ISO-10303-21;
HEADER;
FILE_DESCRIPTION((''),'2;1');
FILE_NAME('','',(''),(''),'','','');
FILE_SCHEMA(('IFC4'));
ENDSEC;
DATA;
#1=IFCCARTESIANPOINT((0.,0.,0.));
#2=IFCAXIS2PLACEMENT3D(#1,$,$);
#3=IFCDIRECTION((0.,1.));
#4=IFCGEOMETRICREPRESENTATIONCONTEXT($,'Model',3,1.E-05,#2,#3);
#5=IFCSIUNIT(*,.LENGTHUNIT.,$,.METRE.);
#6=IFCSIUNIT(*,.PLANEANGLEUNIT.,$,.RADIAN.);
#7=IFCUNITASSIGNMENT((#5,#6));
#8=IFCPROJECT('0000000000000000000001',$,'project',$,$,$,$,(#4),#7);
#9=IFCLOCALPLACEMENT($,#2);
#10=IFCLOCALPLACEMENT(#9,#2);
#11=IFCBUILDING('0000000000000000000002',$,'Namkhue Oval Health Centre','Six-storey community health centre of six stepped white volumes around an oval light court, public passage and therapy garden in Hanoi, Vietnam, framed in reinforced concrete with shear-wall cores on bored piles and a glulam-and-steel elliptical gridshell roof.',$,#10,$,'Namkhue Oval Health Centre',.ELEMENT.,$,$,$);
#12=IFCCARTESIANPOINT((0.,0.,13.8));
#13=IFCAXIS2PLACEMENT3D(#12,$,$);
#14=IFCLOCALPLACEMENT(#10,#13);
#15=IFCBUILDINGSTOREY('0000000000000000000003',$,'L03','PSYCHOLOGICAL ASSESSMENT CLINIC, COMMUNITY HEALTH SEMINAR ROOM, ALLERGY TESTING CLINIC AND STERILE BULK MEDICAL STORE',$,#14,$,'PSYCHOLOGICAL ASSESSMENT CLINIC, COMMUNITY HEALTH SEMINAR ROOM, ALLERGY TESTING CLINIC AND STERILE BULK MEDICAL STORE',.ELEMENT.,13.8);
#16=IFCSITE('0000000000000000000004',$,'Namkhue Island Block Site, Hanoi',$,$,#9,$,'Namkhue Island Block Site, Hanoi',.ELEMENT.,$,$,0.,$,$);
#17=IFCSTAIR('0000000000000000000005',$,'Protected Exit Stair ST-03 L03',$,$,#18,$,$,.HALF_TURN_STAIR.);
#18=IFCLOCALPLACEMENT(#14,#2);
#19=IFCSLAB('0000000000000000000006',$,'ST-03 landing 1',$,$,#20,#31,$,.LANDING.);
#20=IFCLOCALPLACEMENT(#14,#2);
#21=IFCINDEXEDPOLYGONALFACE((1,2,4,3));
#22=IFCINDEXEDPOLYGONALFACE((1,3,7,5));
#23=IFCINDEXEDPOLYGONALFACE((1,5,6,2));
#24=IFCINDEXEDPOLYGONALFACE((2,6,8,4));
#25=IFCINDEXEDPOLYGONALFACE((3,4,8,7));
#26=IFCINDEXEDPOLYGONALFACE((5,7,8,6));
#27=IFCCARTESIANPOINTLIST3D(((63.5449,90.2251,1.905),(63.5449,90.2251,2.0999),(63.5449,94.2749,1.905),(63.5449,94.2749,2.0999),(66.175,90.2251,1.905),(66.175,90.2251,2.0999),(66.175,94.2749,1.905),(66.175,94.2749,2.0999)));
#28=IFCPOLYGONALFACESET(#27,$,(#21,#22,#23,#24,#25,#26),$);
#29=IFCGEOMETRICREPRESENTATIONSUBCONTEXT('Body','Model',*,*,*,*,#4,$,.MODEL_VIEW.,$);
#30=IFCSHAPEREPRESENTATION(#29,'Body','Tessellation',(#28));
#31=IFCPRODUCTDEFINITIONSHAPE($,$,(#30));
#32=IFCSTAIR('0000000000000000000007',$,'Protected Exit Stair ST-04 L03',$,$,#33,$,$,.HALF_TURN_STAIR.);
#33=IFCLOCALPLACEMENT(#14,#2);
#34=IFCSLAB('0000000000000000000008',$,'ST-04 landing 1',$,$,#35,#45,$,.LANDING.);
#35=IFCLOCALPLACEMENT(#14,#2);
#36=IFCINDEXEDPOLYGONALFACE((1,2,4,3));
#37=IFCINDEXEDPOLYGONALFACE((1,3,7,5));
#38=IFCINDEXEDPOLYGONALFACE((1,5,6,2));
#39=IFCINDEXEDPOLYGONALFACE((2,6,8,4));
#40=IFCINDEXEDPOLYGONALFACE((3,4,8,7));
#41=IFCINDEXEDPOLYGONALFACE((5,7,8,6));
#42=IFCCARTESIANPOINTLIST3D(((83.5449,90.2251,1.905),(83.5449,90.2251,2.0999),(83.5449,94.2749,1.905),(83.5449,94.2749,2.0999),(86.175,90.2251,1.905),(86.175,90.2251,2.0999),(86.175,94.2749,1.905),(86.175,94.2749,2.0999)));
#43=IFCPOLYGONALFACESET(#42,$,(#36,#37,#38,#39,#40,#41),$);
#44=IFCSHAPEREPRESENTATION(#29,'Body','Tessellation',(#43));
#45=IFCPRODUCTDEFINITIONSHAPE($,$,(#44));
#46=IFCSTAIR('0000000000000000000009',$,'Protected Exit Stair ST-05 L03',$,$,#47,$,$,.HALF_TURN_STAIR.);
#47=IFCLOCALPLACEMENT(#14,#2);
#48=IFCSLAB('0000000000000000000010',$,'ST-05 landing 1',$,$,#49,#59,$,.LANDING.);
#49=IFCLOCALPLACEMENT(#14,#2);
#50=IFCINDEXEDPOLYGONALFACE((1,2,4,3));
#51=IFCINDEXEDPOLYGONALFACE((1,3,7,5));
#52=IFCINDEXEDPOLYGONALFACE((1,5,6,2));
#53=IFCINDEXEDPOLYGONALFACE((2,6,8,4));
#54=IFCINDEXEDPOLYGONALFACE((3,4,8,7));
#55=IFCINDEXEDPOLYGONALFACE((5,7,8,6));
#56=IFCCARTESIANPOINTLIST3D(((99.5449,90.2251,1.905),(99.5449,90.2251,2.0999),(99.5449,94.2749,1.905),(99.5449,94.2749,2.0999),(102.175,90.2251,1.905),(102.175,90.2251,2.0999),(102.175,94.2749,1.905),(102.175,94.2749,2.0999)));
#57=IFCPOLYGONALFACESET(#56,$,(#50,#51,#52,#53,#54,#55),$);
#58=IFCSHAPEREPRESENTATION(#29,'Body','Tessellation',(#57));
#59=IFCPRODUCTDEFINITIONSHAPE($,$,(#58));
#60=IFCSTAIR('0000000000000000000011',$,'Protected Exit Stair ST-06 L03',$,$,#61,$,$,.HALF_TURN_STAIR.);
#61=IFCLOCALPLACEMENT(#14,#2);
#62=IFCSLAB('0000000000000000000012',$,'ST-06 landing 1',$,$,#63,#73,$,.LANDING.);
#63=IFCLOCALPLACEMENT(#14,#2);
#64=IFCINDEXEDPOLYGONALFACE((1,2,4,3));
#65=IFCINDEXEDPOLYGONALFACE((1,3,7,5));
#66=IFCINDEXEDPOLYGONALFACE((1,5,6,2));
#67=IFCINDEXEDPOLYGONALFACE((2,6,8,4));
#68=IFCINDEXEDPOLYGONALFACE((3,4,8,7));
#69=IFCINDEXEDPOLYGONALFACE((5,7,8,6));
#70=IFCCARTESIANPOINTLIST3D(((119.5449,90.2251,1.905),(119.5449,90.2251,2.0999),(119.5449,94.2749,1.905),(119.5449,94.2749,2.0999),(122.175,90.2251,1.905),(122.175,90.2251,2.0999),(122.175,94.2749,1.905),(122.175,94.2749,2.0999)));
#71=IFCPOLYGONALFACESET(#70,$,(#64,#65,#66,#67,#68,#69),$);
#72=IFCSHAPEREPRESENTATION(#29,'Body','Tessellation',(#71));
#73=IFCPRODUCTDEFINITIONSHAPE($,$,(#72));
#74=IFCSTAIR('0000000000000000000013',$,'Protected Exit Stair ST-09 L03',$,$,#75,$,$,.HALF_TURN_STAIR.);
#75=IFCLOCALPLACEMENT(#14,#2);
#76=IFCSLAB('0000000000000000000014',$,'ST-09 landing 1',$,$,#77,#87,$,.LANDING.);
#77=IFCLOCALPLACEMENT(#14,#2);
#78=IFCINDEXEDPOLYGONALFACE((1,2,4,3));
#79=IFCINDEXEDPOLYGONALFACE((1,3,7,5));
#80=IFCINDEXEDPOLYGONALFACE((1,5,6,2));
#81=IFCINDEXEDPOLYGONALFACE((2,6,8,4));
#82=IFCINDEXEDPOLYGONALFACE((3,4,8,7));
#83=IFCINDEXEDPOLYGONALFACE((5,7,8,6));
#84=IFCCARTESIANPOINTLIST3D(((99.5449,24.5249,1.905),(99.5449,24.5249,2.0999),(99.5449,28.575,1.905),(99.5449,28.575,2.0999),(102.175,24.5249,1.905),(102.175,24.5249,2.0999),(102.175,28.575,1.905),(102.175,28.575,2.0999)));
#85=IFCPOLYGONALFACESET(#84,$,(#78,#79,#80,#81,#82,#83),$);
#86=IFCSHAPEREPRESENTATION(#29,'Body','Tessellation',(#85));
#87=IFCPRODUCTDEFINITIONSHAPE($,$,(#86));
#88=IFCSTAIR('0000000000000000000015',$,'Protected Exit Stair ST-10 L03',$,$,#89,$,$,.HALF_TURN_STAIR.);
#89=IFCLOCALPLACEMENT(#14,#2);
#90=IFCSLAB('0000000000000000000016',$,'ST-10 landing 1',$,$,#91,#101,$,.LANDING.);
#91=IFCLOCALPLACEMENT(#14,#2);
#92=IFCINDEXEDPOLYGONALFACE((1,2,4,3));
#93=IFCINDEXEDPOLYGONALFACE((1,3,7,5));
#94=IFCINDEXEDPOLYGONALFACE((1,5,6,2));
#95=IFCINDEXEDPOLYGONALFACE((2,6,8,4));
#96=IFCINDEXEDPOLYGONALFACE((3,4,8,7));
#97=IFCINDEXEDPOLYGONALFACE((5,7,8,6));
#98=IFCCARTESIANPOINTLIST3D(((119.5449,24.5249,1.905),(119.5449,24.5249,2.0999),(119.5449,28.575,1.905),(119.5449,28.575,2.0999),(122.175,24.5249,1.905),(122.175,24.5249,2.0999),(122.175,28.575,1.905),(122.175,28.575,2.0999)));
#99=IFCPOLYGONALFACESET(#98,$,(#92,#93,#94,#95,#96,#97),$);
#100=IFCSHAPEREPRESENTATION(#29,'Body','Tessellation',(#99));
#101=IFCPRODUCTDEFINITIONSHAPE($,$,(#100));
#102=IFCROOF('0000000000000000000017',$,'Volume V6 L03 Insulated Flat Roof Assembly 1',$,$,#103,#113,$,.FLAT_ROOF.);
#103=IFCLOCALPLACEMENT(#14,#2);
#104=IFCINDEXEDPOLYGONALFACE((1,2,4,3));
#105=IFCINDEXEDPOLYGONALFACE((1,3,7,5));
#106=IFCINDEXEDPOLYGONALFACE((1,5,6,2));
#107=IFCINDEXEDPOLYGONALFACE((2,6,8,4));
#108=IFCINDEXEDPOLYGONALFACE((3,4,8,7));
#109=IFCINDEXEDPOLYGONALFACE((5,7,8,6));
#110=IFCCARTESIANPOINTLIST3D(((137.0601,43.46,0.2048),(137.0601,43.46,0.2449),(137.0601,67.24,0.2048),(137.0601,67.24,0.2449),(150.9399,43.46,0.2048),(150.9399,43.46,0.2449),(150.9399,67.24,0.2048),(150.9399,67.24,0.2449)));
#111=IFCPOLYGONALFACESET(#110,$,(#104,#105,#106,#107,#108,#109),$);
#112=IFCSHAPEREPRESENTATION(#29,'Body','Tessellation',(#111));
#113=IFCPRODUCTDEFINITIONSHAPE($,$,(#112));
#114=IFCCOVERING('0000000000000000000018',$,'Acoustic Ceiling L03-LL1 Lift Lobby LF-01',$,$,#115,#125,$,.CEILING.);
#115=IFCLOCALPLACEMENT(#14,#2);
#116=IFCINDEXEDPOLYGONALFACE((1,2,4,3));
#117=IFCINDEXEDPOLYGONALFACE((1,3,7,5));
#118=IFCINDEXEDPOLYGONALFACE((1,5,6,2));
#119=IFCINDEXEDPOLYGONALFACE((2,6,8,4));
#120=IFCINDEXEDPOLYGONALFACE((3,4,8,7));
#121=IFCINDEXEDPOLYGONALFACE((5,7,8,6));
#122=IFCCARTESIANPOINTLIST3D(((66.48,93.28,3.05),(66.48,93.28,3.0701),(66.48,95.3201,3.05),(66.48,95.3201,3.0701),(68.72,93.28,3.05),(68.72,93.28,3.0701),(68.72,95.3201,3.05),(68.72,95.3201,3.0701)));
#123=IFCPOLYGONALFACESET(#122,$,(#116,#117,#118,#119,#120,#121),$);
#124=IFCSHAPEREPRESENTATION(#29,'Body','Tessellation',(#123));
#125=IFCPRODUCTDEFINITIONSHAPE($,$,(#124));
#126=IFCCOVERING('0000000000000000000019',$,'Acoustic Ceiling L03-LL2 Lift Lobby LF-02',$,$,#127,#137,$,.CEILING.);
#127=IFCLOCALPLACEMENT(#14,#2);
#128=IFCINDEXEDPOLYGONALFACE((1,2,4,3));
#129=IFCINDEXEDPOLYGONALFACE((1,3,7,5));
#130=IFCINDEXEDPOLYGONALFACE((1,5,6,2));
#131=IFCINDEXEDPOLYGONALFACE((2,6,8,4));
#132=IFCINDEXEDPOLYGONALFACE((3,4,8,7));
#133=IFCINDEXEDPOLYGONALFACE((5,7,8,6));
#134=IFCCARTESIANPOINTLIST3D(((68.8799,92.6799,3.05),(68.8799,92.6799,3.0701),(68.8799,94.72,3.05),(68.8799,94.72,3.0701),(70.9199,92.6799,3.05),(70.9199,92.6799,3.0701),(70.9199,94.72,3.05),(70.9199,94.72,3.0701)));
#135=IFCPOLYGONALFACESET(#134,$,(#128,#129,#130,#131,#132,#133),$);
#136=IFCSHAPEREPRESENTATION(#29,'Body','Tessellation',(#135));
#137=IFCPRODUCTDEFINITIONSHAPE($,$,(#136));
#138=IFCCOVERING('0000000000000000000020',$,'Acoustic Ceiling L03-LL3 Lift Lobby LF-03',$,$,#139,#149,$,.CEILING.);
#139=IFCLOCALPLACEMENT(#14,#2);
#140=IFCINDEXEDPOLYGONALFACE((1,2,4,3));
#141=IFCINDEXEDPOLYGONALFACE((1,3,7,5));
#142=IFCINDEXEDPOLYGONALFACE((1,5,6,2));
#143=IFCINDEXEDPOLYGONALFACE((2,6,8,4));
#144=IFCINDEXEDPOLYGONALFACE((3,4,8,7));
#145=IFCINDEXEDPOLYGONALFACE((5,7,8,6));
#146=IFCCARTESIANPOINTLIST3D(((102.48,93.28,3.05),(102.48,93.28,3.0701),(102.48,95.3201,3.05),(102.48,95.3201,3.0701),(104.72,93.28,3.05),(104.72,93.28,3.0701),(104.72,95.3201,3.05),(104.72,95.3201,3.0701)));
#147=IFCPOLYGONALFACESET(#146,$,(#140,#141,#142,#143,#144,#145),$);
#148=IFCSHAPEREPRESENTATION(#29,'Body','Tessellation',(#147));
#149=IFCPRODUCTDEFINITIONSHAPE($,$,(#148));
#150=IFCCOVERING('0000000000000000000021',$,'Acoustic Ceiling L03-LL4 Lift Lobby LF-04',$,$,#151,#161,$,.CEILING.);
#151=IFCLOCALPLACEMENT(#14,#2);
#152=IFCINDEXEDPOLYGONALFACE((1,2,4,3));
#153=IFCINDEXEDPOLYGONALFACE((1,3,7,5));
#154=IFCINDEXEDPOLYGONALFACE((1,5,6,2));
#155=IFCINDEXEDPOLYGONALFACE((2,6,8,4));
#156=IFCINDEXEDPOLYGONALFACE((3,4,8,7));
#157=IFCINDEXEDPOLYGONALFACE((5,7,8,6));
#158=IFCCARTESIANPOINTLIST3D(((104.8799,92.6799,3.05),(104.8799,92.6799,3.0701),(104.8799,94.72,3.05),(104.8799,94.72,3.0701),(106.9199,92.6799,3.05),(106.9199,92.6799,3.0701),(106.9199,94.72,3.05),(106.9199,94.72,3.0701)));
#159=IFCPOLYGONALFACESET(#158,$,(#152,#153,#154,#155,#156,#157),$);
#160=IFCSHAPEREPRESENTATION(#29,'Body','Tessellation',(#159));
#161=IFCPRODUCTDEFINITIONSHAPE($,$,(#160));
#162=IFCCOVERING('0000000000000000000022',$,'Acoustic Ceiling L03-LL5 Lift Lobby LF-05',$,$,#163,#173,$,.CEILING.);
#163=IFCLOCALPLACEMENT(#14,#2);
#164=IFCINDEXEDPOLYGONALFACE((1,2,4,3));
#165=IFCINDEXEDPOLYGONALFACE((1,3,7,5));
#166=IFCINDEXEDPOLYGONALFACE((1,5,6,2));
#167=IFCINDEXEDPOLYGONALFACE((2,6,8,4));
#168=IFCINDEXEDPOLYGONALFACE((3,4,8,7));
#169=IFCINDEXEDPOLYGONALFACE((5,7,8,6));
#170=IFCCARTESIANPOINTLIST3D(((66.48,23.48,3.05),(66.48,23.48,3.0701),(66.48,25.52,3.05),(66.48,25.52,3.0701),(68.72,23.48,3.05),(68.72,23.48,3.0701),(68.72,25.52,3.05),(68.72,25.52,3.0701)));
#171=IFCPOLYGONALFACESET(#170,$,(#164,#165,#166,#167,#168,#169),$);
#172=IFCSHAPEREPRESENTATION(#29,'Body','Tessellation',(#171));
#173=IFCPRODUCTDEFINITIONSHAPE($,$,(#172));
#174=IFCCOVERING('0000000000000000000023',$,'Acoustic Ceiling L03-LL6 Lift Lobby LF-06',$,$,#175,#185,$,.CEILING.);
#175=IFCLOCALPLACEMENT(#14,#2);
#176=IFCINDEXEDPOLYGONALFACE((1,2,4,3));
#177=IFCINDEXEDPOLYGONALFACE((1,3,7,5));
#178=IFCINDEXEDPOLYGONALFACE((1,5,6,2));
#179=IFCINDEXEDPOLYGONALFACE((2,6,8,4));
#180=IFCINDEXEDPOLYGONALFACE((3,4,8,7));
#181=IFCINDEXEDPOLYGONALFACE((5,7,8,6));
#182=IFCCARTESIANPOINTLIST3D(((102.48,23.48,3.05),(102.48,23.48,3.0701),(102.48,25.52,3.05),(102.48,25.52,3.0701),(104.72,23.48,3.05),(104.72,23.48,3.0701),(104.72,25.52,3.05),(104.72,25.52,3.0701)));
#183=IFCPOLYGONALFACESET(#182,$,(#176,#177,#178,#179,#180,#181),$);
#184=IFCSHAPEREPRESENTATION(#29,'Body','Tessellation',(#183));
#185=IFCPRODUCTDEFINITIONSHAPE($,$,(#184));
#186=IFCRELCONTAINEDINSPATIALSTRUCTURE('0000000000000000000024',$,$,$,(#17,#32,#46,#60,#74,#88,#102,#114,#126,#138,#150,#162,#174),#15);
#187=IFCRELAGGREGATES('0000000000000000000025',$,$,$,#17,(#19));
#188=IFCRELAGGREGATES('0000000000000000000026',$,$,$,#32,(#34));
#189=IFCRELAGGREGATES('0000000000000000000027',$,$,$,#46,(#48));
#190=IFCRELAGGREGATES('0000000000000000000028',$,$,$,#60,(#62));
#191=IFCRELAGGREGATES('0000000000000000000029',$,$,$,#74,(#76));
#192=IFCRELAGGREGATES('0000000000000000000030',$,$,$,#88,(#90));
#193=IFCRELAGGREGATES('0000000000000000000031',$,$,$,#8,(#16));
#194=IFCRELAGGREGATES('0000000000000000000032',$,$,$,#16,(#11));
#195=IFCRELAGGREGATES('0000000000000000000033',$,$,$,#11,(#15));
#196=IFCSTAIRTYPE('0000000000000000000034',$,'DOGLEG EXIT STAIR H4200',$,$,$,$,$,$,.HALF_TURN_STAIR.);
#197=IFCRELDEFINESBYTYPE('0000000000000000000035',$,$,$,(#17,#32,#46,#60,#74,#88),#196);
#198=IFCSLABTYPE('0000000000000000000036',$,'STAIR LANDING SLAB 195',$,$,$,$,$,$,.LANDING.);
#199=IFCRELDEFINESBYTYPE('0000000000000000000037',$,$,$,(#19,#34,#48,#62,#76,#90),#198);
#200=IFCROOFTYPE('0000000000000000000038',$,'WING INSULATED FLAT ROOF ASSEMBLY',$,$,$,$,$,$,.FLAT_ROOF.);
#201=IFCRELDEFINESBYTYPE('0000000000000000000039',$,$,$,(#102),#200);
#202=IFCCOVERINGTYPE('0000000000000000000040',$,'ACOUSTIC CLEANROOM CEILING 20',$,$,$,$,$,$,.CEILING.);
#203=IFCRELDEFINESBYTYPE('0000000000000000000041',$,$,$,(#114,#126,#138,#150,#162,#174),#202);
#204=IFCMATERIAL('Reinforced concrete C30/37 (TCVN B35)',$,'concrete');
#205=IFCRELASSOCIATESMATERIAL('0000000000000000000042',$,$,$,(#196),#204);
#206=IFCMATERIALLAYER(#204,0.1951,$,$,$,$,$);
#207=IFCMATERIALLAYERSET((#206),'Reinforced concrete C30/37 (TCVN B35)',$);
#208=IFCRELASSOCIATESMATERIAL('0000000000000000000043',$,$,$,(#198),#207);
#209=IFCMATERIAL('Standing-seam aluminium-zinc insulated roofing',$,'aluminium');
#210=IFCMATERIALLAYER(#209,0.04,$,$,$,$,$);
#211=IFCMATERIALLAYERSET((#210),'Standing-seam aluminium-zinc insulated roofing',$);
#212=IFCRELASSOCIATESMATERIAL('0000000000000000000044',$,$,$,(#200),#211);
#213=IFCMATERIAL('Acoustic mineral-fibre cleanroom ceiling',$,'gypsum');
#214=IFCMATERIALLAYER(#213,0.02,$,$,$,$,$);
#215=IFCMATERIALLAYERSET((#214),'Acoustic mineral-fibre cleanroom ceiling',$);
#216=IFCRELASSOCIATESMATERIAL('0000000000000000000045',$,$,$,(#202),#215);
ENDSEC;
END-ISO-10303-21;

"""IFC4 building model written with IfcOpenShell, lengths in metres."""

from ifc_helpers import new_model, si_unit, direction, frame, origin, place, context, subcontext, project, spatial, polyline, outline, extrude, material, layer, layer_set, type_object, element, aggregate, save


model = new_model("IFC4")

# Units and contexts
model_context = context("Model", 3, precision=1e-05, world=origin(), true_north=direction((0.0, 1.0)))
body_context = subcontext(model_context, "Body", "Model", "MODEL_VIEW")
ifc_project = project(units=[si_unit("LENGTHUNIT", "METRE"), si_unit("PLANEANGLEUNIT", "RADIAN")], contexts=[model_context])

# Site, building, storey
site_placement = place(None, origin())
site = spatial("IfcSite", under=ifc_project, at=site_placement, Name="Namkhue Island Block Site, Hanoi", LongName="Namkhue Island Block Site, Hanoi", CompositionType="ELEMENT", RefElevation=0.0)
building_placement = place(site_placement, origin())
building = spatial("IfcBuilding", under=site, at=building_placement, Name="Namkhue Oval Health Centre", Description="Six-storey community health centre of six stepped white volumes around an oval light court, public passage and therapy garden in Hanoi, Vietnam, framed in reinforced concrete with shear-wall cores on bored piles and a glulam-and-steel elliptical gridshell roof.", LongName="Namkhue Oval Health Centre", CompositionType="ELEMENT")
storey_placement = place(building_placement, frame((0.0, 0.0, 13.8)))
storey = spatial("IfcBuildingStorey", under=building, at=storey_placement, Name="L03", Description="PSYCHOLOGICAL ASSESSMENT CLINIC, COMMUNITY HEALTH SEMINAR ROOM, ALLERGY TESTING CLINIC AND STERILE BULK MEDICAL STORE", LongName="PSYCHOLOGICAL ASSESSMENT CLINIC, COMMUNITY HEALTH SEMINAR ROOM, ALLERGY TESTING CLINIC AND STERILE BULK MEDICAL STORE", CompositionType="ELEMENT", Elevation=13.8)

# Stairs, slabs
ifc_material_1 = material(Name="Reinforced concrete C30/37 (TCVN B35)", Category="concrete")
stair_type = type_object("IfcStairType", Name="DOGLEG EXIT STAIR H4200", PredefinedType="HALF_TURN_STAIR", material=ifc_material_1)
stair_1_placement = place(storey_placement, origin())
stair_1 = element("IfcStair", 1, at=stair_1_placement, inside=storey, type_object=stair_type, Name="Protected Exit Stair ST-03 L03", PredefinedType="HALF_TURN_STAIR")
ifc_layer_1 = layer(ifc_material_1, 0.1951)
ifc_layer_set_1 = layer_set([ifc_layer_1], Name="Reinforced concrete C30/37 (TCVN B35)")
slab_type = type_object("IfcSlabType", Name="STAIR LANDING SLAB 195", PredefinedType="LANDING", material=ifc_layer_set_1)
slab_1_placement = place(storey_placement, frame((0.0, 0.0, 1.905)))
slab_1 = element("IfcSlab", 2, at=slab_1_placement, type_object=slab_type, Name="ST-03 landing 1", PredefinedType="LANDING", context=body_context, shape_type="SweptSolid", body=[
    extrude(outline(polyline([(63.5449, 90.2251), (66.175, 90.2251), (66.175, 94.2749), (63.5449, 94.2749), (63.5449, 90.2251)])), origin(), (0.0, 0.0, 1.0), 0.1948),
])
aggregate(stair_1, [slab_1])
stair_2_placement = place(storey_placement, origin())
stair_2 = element("IfcStair", 3, at=stair_2_placement, inside=storey, type_object=stair_type, Name="Protected Exit Stair ST-04 L03", PredefinedType="HALF_TURN_STAIR")
slab_2_placement = place(storey_placement, frame((0.0, 0.0, 1.905)))
slab_2 = element("IfcSlab", 4, at=slab_2_placement, type_object=slab_type, Name="ST-04 landing 1", PredefinedType="LANDING", context=body_context, shape_type="SweptSolid", body=[
    extrude(outline(polyline([(83.5449, 90.2251), (86.175, 90.2251), (86.175, 94.2749), (83.5449, 94.2749), (83.5449, 90.2251)])), origin(), (0.0, 0.0, 1.0), 0.1948),
])
aggregate(stair_2, [slab_2])
stair_3_placement = place(storey_placement, origin())
stair_3 = element("IfcStair", 5, at=stair_3_placement, inside=storey, type_object=stair_type, Name="Protected Exit Stair ST-05 L03", PredefinedType="HALF_TURN_STAIR")
slab_3_placement = place(storey_placement, frame((0.0, 0.0, 1.905)))
slab_3 = element("IfcSlab", 6, at=slab_3_placement, type_object=slab_type, Name="ST-05 landing 1", PredefinedType="LANDING", context=body_context, shape_type="SweptSolid", body=[
    extrude(outline(polyline([(99.5449, 90.2251), (102.175, 90.2251), (102.175, 94.2749), (99.5449, 94.2749), (99.5449, 90.2251)])), origin(), (0.0, 0.0, 1.0), 0.1948),
])
aggregate(stair_3, [slab_3])
stair_4_placement = place(storey_placement, origin())
stair_4 = element("IfcStair", 7, at=stair_4_placement, inside=storey, type_object=stair_type, Name="Protected Exit Stair ST-06 L03", PredefinedType="HALF_TURN_STAIR")
slab_4_placement = place(storey_placement, frame((0.0, 0.0, 1.905)))
slab_4 = element("IfcSlab", 8, at=slab_4_placement, type_object=slab_type, Name="ST-06 landing 1", PredefinedType="LANDING", context=body_context, shape_type="SweptSolid", body=[
    extrude(outline(polyline([(119.5449, 90.2251), (122.175, 90.2251), (122.175, 94.2749), (119.5449, 94.2749), (119.5449, 90.2251)])), origin(), (0.0, 0.0, 1.0), 0.1948),
])
aggregate(stair_4, [slab_4])
stair_5_placement = place(storey_placement, origin())
stair_5 = element("IfcStair", 9, at=stair_5_placement, inside=storey, type_object=stair_type, Name="Protected Exit Stair ST-09 L03", PredefinedType="HALF_TURN_STAIR")
slab_5_placement = place(storey_placement, frame((0.0, 0.0, 1.905)))
slab_5 = element("IfcSlab", 10, at=slab_5_placement, type_object=slab_type, Name="ST-09 landing 1", PredefinedType="LANDING", context=body_context, shape_type="SweptSolid", body=[
    extrude(outline(polyline([(99.5449, 24.5249), (102.175, 24.5249), (102.175, 28.575), (99.5449, 28.575), (99.5449, 24.5249)])), origin(), (0.0, 0.0, 1.0), 0.1948),
])
aggregate(stair_5, [slab_5])
stair_6_placement = place(storey_placement, origin())
stair_6 = element("IfcStair", 11, at=stair_6_placement, inside=storey, type_object=stair_type, Name="Protected Exit Stair ST-10 L03", PredefinedType="HALF_TURN_STAIR")
slab_6_placement = place(storey_placement, frame((0.0, 0.0, 1.905)))
slab_6 = element("IfcSlab", 12, at=slab_6_placement, type_object=slab_type, Name="ST-10 landing 1", PredefinedType="LANDING", context=body_context, shape_type="SweptSolid", body=[
    extrude(outline(polyline([(119.5449, 24.5249), (122.175, 24.5249), (122.175, 28.575), (119.5449, 28.575), (119.5449, 24.5249)])), origin(), (0.0, 0.0, 1.0), 0.1948),
])
aggregate(stair_6, [slab_6])

# Roof
ifc_material_2 = material(Name="Standing-seam aluminium-zinc insulated roofing", Category="aluminium")
ifc_layer_2 = layer(ifc_material_2, 0.04)
ifc_layer_set_2 = layer_set([ifc_layer_2], Name="Standing-seam aluminium-zinc insulated roofing")
roof_type = type_object("IfcRoofType", Name="WING INSULATED FLAT ROOF ASSEMBLY", PredefinedType="FLAT_ROOF", material=ifc_layer_set_2)
roof_placement = place(storey_placement, frame((0.0, 0.0, 0.2048)))
element("IfcRoof", 13, at=roof_placement, inside=storey, type_object=roof_type, Name="Volume V6 L03 Insulated Flat Roof Assembly 1", PredefinedType="FLAT_ROOF", context=body_context, shape_type="SweptSolid", body=[
    extrude(outline(polyline([(137.0601, 43.46), (137.0601, 67.24), (150.9399, 67.24), (150.9399, 43.46), (137.0601, 43.46)])), origin(), (0.0, 0.0, 1.0), 0.04),
])

# Coverings
ifc_material_3 = material(Name="Acoustic mineral-fibre cleanroom ceiling", Category="gypsum")
ifc_layer_3 = layer(ifc_material_3, 0.02)
ifc_layer_set_3 = layer_set([ifc_layer_3], Name="Acoustic mineral-fibre cleanroom ceiling")
covering_type_1 = type_object("IfcCoveringType", Name="ACOUSTIC CLEANROOM CEILING 20", PredefinedType="CEILING", material=ifc_layer_set_3)
covering_1_placement = place(storey_placement, frame((0.0, 0.0, 3.05)))
element("IfcCovering", 14, at=covering_1_placement, inside=storey, type_object=covering_type_1, Name="Acoustic Ceiling L03-LL1 Lift Lobby LF-01", PredefinedType="CEILING", context=body_context, shape_type="SweptSolid", body=[
    extrude(outline(polyline([(66.48, 93.28), (66.48, 95.3201), (68.72, 95.3201), (68.72, 93.28), (66.48, 93.28)])), origin(), (0.0, 0.0, 1.0), 0.02),
])
covering_2_placement = place(storey_placement, frame((0.0, 0.0, 3.05)))
element("IfcCovering", 15, at=covering_2_placement, inside=storey, type_object=covering_type_1, Name="Acoustic Ceiling L03-LL2 Lift Lobby LF-02", PredefinedType="CEILING", context=body_context, shape_type="SweptSolid", body=[
    extrude(outline(polyline([(68.8799, 92.6799), (68.8799, 94.72), (70.9199, 94.72), (70.9199, 92.6799), (68.8799, 92.6799)])), origin(), (0.0, 0.0, 1.0), 0.02),
])
covering_3_placement = place(storey_placement, frame((0.0, 0.0, 3.05)))
element("IfcCovering", 16, at=covering_3_placement, inside=storey, type_object=covering_type_1, Name="Acoustic Ceiling L03-LL3 Lift Lobby LF-03", PredefinedType="CEILING", context=body_context, shape_type="SweptSolid", body=[
    extrude(outline(polyline([(102.48, 93.28), (102.48, 95.3201), (104.72, 95.3201), (104.72, 93.28), (102.48, 93.28)])), origin(), (0.0, 0.0, 1.0), 0.02),
])
covering_4_placement = place(storey_placement, frame((0.0, 0.0, 3.05)))
element("IfcCovering", 17, at=covering_4_placement, inside=storey, type_object=covering_type_1, Name="Acoustic Ceiling L03-LL4 Lift Lobby LF-04", PredefinedType="CEILING", context=body_context, shape_type="SweptSolid", body=[
    extrude(outline(polyline([(104.8799, 92.6799), (104.8799, 94.72), (106.9199, 94.72), (106.9199, 92.6799), (104.8799, 92.6799)])), origin(), (0.0, 0.0, 1.0), 0.02),
])
covering_5_placement = place(storey_placement, frame((0.0, 0.0, 3.05)))
element("IfcCovering", 18, at=covering_5_placement, inside=storey, type_object=covering_type_1, Name="Acoustic Ceiling L03-LL5 Lift Lobby LF-05", PredefinedType="CEILING", context=body_context, shape_type="SweptSolid", body=[
    extrude(outline(polyline([(66.48, 23.48), (66.48, 25.52), (68.72, 25.52), (68.72, 23.48), (66.48, 23.48)])), origin(), (0.0, 0.0, 1.0), 0.02),
])
covering_6_placement = place(storey_placement, frame((0.0, 0.0, 3.05)))
element("IfcCovering", 19, at=covering_6_placement, inside=storey, type_object=covering_type_1, Name="Acoustic Ceiling L03-LL6 Lift Lobby LF-06", PredefinedType="CEILING", context=body_context, shape_type="SweptSolid", body=[
    extrude(outline(polyline([(102.48, 23.48), (102.48, 25.52), (104.72, 25.52), (104.72, 23.48), (102.48, 23.48)])), origin(), (0.0, 0.0, 1.0), 0.02),
])

save(model, "model.ifc")
